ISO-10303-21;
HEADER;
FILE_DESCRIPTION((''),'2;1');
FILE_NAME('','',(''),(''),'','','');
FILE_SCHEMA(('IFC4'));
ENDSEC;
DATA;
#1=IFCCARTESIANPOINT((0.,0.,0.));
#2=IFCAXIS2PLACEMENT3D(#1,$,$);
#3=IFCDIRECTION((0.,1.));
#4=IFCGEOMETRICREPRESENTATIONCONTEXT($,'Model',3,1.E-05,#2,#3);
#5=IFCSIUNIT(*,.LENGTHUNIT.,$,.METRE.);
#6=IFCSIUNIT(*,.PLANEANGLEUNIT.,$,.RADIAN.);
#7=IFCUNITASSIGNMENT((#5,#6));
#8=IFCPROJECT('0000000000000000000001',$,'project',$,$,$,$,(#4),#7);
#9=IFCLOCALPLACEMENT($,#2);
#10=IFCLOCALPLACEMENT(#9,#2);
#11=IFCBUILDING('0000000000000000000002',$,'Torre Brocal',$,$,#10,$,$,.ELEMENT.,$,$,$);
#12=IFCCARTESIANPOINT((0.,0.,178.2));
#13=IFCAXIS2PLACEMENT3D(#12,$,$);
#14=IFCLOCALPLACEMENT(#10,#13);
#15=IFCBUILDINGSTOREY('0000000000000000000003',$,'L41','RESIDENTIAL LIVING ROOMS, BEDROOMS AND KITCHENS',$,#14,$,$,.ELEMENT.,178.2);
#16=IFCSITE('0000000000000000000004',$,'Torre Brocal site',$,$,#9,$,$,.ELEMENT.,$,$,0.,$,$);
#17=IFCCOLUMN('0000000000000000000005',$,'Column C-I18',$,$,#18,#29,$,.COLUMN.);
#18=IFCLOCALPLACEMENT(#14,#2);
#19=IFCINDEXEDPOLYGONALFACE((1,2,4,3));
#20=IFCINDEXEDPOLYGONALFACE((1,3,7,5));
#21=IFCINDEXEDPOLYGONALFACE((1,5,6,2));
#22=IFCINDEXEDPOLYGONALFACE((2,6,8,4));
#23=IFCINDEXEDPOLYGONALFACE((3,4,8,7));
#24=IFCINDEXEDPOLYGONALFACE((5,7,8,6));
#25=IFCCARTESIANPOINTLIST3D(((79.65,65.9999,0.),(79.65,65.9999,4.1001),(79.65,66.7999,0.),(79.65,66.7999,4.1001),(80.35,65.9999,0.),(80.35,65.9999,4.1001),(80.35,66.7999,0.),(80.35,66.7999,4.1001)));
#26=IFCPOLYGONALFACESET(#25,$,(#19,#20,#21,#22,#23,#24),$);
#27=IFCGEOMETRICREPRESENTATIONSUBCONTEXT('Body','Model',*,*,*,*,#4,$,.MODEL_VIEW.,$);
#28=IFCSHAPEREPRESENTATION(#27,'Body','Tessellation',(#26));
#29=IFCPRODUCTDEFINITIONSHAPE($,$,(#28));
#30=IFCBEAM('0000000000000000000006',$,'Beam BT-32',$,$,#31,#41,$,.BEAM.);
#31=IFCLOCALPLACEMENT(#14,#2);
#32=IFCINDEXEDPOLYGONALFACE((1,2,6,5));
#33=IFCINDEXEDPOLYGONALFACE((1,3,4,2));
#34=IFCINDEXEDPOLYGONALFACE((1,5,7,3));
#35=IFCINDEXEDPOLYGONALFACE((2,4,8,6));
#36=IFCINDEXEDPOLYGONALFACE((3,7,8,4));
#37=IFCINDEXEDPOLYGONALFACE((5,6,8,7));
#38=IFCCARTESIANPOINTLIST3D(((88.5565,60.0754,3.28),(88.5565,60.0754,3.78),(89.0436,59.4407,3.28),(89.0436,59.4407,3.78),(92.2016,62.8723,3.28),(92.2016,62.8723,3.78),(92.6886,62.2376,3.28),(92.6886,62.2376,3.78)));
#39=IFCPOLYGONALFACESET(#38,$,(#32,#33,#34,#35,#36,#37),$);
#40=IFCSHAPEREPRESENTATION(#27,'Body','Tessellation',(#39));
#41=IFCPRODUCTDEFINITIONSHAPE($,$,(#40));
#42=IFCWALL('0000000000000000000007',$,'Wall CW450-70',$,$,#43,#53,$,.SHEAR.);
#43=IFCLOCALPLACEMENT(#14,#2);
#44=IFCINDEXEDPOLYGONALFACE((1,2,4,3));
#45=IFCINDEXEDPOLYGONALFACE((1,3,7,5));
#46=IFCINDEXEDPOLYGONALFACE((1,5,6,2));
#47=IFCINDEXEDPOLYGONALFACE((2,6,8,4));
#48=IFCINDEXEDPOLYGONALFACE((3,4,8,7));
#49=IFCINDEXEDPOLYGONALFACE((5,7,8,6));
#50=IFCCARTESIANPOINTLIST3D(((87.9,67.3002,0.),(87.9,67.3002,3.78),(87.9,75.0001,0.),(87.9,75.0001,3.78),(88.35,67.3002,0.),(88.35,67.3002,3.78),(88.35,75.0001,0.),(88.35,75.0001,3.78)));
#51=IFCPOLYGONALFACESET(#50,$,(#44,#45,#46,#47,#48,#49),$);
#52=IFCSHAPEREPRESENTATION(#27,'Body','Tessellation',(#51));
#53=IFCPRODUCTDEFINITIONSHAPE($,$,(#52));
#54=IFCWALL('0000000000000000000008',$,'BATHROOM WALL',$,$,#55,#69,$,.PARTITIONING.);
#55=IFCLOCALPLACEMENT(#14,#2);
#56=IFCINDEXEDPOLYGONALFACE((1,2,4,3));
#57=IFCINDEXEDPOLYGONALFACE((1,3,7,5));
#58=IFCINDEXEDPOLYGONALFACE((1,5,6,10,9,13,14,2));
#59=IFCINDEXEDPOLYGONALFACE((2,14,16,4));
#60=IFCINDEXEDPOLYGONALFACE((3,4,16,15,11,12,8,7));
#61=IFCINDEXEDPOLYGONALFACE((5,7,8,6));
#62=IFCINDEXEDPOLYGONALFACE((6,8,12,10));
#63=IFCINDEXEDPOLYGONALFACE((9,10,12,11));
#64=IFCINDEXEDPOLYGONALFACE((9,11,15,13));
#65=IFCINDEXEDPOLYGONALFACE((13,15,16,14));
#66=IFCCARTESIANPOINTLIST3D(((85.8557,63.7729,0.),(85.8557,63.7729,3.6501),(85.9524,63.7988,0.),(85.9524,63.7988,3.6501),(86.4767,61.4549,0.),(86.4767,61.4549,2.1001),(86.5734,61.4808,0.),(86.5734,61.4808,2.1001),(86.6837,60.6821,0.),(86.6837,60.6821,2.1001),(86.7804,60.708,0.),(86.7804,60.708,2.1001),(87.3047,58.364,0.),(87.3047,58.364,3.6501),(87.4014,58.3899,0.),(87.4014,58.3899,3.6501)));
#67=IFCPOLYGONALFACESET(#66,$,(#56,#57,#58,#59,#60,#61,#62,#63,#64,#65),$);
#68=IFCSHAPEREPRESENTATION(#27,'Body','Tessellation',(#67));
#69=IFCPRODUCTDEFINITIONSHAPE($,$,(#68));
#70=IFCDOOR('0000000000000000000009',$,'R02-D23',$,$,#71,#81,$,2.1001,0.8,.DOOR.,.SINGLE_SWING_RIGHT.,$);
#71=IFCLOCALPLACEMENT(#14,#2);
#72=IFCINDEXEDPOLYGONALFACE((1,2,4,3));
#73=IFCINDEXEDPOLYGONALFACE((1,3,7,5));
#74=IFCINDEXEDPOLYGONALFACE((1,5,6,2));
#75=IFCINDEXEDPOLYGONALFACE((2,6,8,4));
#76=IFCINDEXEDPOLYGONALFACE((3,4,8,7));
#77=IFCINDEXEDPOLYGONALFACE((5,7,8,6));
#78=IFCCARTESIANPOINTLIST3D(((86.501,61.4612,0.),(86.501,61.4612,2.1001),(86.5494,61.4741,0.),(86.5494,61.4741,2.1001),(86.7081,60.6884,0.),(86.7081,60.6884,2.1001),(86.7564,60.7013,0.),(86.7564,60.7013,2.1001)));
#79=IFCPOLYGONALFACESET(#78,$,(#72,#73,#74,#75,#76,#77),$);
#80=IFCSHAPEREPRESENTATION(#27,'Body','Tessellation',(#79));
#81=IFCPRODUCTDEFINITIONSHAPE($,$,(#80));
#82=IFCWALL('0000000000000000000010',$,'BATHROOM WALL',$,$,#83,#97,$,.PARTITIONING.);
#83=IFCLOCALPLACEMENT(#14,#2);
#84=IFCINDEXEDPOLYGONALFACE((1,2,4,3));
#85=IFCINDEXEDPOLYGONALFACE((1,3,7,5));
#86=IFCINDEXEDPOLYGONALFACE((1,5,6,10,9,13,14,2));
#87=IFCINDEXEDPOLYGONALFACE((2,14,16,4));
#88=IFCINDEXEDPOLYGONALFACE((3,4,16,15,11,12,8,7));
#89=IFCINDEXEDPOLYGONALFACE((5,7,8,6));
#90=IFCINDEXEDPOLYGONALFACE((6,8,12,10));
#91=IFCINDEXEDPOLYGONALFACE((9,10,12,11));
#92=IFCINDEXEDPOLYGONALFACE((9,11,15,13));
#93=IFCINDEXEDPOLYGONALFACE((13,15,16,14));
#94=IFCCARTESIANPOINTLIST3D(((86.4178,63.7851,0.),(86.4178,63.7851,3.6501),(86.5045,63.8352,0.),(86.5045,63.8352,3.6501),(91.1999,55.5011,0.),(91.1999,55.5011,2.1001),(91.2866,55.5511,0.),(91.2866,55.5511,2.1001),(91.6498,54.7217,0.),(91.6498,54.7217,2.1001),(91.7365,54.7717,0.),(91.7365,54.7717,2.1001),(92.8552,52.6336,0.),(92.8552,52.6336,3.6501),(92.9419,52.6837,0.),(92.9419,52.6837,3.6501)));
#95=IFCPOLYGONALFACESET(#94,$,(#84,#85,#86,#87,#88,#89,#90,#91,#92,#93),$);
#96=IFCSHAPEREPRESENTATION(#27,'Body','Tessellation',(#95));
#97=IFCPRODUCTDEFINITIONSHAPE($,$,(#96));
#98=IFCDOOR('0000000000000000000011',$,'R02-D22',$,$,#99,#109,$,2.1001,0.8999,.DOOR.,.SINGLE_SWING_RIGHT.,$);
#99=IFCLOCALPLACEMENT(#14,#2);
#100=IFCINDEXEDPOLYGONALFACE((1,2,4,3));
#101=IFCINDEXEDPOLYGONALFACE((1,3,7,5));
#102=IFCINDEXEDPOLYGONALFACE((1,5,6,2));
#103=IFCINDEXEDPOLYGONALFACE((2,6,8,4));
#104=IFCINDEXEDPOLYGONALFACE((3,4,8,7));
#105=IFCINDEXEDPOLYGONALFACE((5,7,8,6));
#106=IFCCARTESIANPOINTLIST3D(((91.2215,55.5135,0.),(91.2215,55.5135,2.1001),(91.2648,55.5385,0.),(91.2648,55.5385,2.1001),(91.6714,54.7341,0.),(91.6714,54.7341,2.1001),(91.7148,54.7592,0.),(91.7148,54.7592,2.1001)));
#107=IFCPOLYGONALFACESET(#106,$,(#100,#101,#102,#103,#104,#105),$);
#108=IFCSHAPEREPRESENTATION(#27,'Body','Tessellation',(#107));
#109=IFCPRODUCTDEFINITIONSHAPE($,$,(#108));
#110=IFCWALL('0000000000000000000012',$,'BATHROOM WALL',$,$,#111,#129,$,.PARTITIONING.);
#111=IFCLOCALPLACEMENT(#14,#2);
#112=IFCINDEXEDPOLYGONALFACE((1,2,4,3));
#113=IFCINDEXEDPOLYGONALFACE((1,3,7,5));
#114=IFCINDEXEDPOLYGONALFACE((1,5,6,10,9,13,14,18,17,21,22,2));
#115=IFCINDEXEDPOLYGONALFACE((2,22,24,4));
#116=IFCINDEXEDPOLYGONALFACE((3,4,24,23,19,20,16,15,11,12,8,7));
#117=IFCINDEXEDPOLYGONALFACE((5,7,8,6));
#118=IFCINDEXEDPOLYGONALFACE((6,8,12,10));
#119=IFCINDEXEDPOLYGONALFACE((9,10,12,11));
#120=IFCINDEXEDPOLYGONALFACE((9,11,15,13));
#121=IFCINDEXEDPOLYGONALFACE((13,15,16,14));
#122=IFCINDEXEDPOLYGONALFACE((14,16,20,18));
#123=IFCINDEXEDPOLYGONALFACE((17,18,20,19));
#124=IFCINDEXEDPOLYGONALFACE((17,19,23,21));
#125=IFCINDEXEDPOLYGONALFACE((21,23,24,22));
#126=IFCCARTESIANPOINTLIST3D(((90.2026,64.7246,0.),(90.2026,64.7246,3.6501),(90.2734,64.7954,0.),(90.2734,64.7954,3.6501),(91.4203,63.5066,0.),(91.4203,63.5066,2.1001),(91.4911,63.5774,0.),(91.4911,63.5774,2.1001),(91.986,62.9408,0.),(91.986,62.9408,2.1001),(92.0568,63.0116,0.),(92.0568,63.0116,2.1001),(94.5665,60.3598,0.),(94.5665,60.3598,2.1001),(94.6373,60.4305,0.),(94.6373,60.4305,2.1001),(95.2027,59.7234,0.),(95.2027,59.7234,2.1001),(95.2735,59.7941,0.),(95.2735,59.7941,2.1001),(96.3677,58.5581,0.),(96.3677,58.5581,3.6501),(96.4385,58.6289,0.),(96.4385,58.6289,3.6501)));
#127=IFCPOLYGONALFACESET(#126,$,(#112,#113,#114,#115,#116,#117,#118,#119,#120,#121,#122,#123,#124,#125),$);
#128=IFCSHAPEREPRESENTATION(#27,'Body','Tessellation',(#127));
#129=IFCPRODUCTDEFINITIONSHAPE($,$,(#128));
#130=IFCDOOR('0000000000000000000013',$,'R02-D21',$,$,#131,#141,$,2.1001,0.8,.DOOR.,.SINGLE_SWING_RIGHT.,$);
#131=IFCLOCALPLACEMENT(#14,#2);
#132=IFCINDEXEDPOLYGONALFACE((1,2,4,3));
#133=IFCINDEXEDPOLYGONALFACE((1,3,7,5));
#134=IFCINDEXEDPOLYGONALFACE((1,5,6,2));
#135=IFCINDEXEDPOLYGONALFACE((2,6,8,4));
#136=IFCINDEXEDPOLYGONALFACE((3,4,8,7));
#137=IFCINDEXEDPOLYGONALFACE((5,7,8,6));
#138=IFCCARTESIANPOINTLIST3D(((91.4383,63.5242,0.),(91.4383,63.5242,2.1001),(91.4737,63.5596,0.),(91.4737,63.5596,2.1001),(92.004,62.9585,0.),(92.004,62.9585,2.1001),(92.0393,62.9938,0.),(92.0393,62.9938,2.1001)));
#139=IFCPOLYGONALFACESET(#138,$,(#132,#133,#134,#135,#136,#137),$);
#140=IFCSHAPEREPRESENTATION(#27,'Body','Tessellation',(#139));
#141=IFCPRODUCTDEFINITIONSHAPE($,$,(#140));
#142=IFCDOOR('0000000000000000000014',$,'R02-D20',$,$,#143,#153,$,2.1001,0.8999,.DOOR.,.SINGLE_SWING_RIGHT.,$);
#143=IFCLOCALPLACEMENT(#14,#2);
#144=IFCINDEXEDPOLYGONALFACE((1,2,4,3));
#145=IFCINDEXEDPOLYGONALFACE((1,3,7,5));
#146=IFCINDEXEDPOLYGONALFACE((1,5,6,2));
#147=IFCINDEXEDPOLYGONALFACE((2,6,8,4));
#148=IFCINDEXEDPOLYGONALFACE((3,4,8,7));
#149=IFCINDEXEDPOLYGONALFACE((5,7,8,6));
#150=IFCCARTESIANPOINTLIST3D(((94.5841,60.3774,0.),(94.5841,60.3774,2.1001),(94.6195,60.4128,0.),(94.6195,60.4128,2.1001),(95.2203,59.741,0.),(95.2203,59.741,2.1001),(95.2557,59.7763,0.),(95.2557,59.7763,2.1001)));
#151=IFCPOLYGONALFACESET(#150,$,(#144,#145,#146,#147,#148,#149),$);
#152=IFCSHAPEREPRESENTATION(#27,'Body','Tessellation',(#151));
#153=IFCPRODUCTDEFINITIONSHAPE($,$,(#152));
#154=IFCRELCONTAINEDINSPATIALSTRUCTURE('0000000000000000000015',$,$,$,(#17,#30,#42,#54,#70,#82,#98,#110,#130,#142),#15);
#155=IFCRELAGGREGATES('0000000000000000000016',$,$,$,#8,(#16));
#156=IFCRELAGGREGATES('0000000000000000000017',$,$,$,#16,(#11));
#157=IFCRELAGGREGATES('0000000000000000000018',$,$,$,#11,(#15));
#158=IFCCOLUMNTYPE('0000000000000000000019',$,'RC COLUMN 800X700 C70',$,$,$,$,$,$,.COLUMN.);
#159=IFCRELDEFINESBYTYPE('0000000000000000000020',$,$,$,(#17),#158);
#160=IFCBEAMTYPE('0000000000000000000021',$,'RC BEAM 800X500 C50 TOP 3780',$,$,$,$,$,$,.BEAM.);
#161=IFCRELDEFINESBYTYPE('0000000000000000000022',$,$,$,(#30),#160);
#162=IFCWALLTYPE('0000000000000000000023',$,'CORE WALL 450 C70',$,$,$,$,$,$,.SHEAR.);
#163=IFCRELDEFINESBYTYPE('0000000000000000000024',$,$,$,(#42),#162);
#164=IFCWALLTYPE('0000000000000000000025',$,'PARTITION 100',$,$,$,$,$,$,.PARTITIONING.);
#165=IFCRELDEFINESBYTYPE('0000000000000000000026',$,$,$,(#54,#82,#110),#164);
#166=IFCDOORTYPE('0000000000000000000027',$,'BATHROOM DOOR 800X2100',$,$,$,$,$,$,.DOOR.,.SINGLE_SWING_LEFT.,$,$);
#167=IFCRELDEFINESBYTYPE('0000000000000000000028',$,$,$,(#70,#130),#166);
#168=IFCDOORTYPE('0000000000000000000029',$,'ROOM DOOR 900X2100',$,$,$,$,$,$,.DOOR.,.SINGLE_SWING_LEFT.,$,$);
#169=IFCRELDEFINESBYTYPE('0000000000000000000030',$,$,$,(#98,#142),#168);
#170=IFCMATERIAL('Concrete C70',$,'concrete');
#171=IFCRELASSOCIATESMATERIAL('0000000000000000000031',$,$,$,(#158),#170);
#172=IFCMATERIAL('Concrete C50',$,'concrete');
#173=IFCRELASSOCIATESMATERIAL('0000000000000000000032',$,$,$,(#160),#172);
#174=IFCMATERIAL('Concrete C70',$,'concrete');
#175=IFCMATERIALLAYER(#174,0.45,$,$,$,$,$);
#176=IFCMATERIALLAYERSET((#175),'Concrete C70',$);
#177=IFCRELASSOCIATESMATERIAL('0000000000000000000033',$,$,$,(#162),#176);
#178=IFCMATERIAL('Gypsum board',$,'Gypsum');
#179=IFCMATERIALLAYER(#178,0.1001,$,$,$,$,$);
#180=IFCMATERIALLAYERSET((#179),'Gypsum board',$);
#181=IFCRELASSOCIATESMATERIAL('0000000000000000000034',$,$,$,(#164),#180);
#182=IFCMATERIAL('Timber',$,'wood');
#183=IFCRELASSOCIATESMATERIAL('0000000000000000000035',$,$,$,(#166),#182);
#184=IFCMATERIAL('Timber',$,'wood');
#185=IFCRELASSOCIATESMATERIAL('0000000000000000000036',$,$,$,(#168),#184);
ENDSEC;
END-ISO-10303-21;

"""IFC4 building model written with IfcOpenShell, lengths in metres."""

from ifc_helpers import new_model, si_unit, direction, frame, frame_2d, origin, origin_2d, place, context, subcontext, project, spatial, rectangle, extrude, material, layer, layer_set, material_profile, profile_set, type_object, element, fill, save


model = new_model("IFC4")

# Units and contexts
model_context = context("Model", 3, precision=1e-05, world=origin(), true_north=direction((0.0, 1.0)))
body_context = subcontext(model_context, "Body", "Model", "MODEL_VIEW")
ifc_project = project(units=[si_unit("LENGTHUNIT", "METRE"), si_unit("PLANEANGLEUNIT", "RADIAN")], contexts=[model_context])

# Site, building, storey
site_placement = place(None, origin())
site = spatial("IfcSite", under=ifc_project, at=site_placement, Name="Torre Brocal site", CompositionType="ELEMENT", RefElevation=0.0)
building_placement = place(site_placement, origin())
building = spatial("IfcBuilding", under=site, at=building_placement, Name="Torre Brocal", CompositionType="ELEMENT")
storey_placement = place(building_placement, frame((0.0, 0.0, 178.2)))
storey = spatial("IfcBuildingStorey", under=building, at=storey_placement, Name="L41", Description="RESIDENTIAL LIVING ROOMS, BEDROOMS AND KITCHENS", CompositionType="ELEMENT", Elevation=178.2)

# Column
ifc_material_1 = material(Name="Concrete C70", Category="concrete")
ifc_material_profile_1 = material_profile(ifc_material_1, rectangle(XDim=0.8, YDim=0.7, at=origin_2d()), Name="RC 800X700")
ifc_profile_set_1 = profile_set([ifc_material_profile_1], Name="Concrete C70")
column_type = type_object("IfcColumnType", Name="RC COLUMN 800X700 C70", PredefinedType="COLUMN", material=ifc_profile_set_1)
column_placement = place(storey_placement, frame((80.0, 66.3999, 0.0), z_axis=(0.0, 0.0, 1.0), x_axis=(0.0, -1.0, 0.0)))
element("IfcColumn", 1, at=column_placement, inside=storey, type_object=column_type, Name="Column C-I18", PredefinedType="COLUMN", context=body_context, shape_type="SweptSolid", body=[
    extrude(rectangle(XDim=0.8, YDim=0.7, at=origin_2d()), origin(), (0.0, 0.0, 1.0), 4.1001),
])

# Beam
ifc_material_2 = material(Name="Concrete C50", Category="concrete")
ifc_material_profile_2 = material_profile(ifc_material_2, rectangle(XDim=0.8, YDim=0.5, at=origin_2d()), Name="RC 800X500")
ifc_profile_set_2 = profile_set([ifc_material_profile_2], Name="Concrete C50")
beam_type = type_object("IfcBeamType", Name="RC BEAM 800X500 C50 TOP 3780", PredefinedType="BEAM", material=ifc_profile_set_2)
beam_placement = place(storey_placement, frame((88.8, 59.7581, 3.53), z_axis=(0.793358, 0.608755, 0.0), x_axis=(-0.608755, 0.793358, 0.0)))
element("IfcBeam", 2, at=beam_placement, inside=storey, type_object=beam_type, Name="Beam BT-32", PredefinedType="BEAM", context=body_context, shape_type="SweptSolid", body=[
    extrude(rectangle(XDim=0.8, YDim=0.5, at=origin_2d()), origin(), (0.0, 0.0, 1.0), 4.5945),
])

# Wall
ifc_material_3 = material(Name="Concrete C70", Category="concrete")
ifc_layer_1 = layer(ifc_material_3, 0.45)
ifc_layer_set_1 = layer_set([ifc_layer_1], Name="Concrete C70")
wall_type_1 = type_object("IfcWallType", Name="CORE WALL 450 C70", PredefinedType="SHEAR", material=ifc_layer_set_1)
wall_1_placement = place(storey_placement, frame((88.125, 67.3, 0.0), z_axis=(0.0, 0.0, 1.0), x_axis=(0.0, 1.0, 0.0)))
element("IfcWall", 3, at=wall_1_placement, inside=storey, type_object=wall_type_1, Name="Wall CW450-70", PredefinedType="SHEAR", context=body_context, shape_type="SweptSolid", body=[
    extrude(rectangle(XDim=7.7, YDim=0.45, at=frame_2d((3.8501, 0.0))), origin(), (0.0, 0.0, 1.0), 3.78),
])

# Walls, openings, doors
ifc_material_4 = material(Name="Gypsum board", Category="Gypsum")
ifc_layer_2 = layer(ifc_material_4, 0.1001)
ifc_layer_set_2 = layer_set([ifc_layer_2], Name="Gypsum board")
wall_type_2 = type_object("IfcWallType", Name="PARTITION 100", PredefinedType="PARTITIONING", material=ifc_layer_set_2)
wall_2_placement = place(storey_placement, frame((85.9041, 63.7859, 0.0), z_axis=(0.0, 0.0, 1.0), x_axis=(0.258762, -0.965941, 0.0)))
wall_2 = element("IfcWall", 4, at=wall_2_placement, inside=storey, type_object=wall_type_2, Name="BATHROOM WALL", PredefinedType="PARTITIONING", context=body_context, shape_type="SweptSolid", body=[
    extrude(rectangle(XDim=5.5996, YDim=0.1001, at=frame_2d((2.7998, 0.0))), origin(), (0.0, 0.0, 1.0), 3.6501),
])
opening_1_placement = place(wall_2_placement, frame((2.3999, 0.0, 0.0)))
opening_1 = element("IfcOpeningElement", 5, at=opening_1_placement, cuts=wall_2, PredefinedType="OPENING", context=body_context, shape_type="SweptSolid", body=[
    extrude(rectangle(XDim=0.8, YDim=2.1001, at=frame_2d((0.3999, 1.05))), frame((0.0, 0.0601, 0.0), z_axis=(0.0, -1.0, 0.0), x_axis=(1.0, 0.0, 0.0)), (0.0, 0.0, 1.0), 0.1201),
])
ifc_material_5 = material(Name="Timber", Category="wood")
door_type_1 = type_object("IfcDoorType", Name="BATHROOM DOOR 800X2100", OperationType="SINGLE_SWING_LEFT", PredefinedType="DOOR", material=ifc_material_5)
door_1_placement = place(opening_1_placement, frame((0.8, 0.0, 0.0), z_axis=(0.0, 0.0, 1.0), x_axis=(-1.0, 0.0, 0.0)))
door_1 = element("IfcDoor", 6, at=door_1_placement, inside=storey, type_object=door_type_1, Name="R02-D23", OperationType="SINGLE_SWING_RIGHT", OverallHeight=2.1001, OverallWidth=0.8, PredefinedType="DOOR", context=body_context, shape_type="SweptSolid", body=[
    extrude(rectangle(XDim=0.8, YDim=2.1001, at=frame_2d((0.3999, 1.05))), frame((0.0, 0.0249, 0.0), z_axis=(0.0, -1.0, 0.0), x_axis=(1.0, 0.0, 0.0)), (0.0, 0.0, 1.0), 0.05),
])
fill(opening_1, door_1)
wall_3_placement = place(storey_placement, frame((86.4612, 63.8101, 0.0), z_axis=(0.0, 0.0, 1.0), x_axis=(0.499948, -0.866055, 0.0)))
wall_3 = element("IfcWall", 7, at=wall_3_placement, inside=storey, type_object=wall_type_2, Name="BATHROOM WALL", PredefinedType="PARTITIONING", context=body_context, shape_type="SweptSolid", body=[
    extrude(rectangle(XDim=12.8762, YDim=0.1001, at=frame_2d((6.438, 0.0))), origin(), (0.0, 0.0, 1.0), 3.6501),
])
opening_2_placement = place(wall_3_placement, frame((9.5652, 0.0, 0.0)))
opening_2 = element("IfcOpeningElement", 8, at=opening_2_placement, cuts=wall_3, PredefinedType="OPENING", context=body_context, shape_type="SweptSolid", body=[
    extrude(rectangle(XDim=0.8999, YDim=2.1001, at=frame_2d((0.45, 1.05))), frame((0.0, 0.0601, 0.0), z_axis=(0.0, -1.0, 0.0), x_axis=(1.0, 0.0, 0.0)), (0.0, 0.0, 1.0), 0.1201),
])
ifc_material_6 = material(Name="Timber", Category="wood")
door_type_2 = type_object("IfcDoorType", Name="ROOM DOOR 900X2100", OperationType="SINGLE_SWING_LEFT", PredefinedType="DOOR", material=ifc_material_6)
door_2_placement = place(opening_2_placement, origin())
door_2 = element("IfcDoor", 9, at=door_2_placement, inside=storey, type_object=door_type_2, Name="R02-D22", OperationType="SINGLE_SWING_RIGHT", OverallHeight=2.1001, OverallWidth=0.8999, PredefinedType="DOOR", context=body_context, shape_type="SweptSolid", body=[
    extrude(rectangle(XDim=0.8999, YDim=2.1001, at=frame_2d((0.45, 1.05))), frame((0.0, 0.0249, 0.0), z_axis=(0.0, -1.0, 0.0), x_axis=(1.0, 0.0, 0.0)), (0.0, 0.0, 1.0), 0.05),
])
fill(opening_2, door_2)

# Wall, openings, doors
wall_4_placement = place(storey_placement, frame((90.238, 64.76, 0.0), z_axis=(0.0, 0.0, 1.0), x_axis=(0.707023, -0.707191, 0.0)))
wall_4 = element("IfcWall", 10, at=wall_4_placement, inside=storey, type_object=wall_type_2, Name="BATHROOM WALL", PredefinedType="PARTITIONING", context=body_context, shape_type="SweptSolid", body=[
    extrude(rectangle(XDim=8.7197, YDim=0.1001, at=frame_2d((4.3599, 0.0))), origin(), (0.0, 0.0, 1.0), 3.6501),
])
opening_3_placement = place(wall_4_placement, frame((6.1721, 0.0, 0.0)))
opening_3 = element("IfcOpeningElement", 11, at=opening_3_placement, cuts=wall_4, PredefinedType="OPENING", context=body_context, shape_type="SweptSolid", body=[
    extrude(rectangle(XDim=0.8999, YDim=2.1001, at=frame_2d((0.45, 1.05))), frame((0.0, 0.0601, 0.0), z_axis=(0.0, -1.0, 0.0), x_axis=(1.0, 0.0, 0.0)), (0.0, 0.0, 1.0), 0.1201),
])
opening_4_placement = place(wall_4_placement, frame((1.7224, 0.0, 0.0)))
opening_4 = element("IfcOpeningElement", 12, at=opening_4_placement, cuts=wall_4, PredefinedType="OPENING", context=body_context, shape_type="SweptSolid", body=[
    extrude(rectangle(XDim=0.8, YDim=2.1001, at=frame_2d((0.3999, 1.05))), frame((0.0, 0.0601, 0.0), z_axis=(0.0, -1.0, 0.0), x_axis=(1.0, 0.0, 0.0)), (0.0, 0.0, 1.0), 0.1201),
])
door_3_placement = place(opening_4_placement, frame((0.8, 0.0, 0.0), z_axis=(0.0, 0.0, 1.0), x_axis=(-1.0, 0.0, 0.0)))
door_3 = element("IfcDoor", 13, at=door_3_placement, inside=storey, type_object=door_type_1, Name="R02-D21", OperationType="SINGLE_SWING_RIGHT", OverallHeight=2.1001, OverallWidth=0.8, PredefinedType="DOOR", context=body_context, shape_type="SweptSolid", body=[
    extrude(rectangle(XDim=0.8, YDim=2.1001, at=frame_2d((0.3999, 1.05))), frame((0.0, 0.0249, 0.0), z_axis=(0.0, -1.0, 0.0), x_axis=(1.0, 0.0, 0.0)), (0.0, 0.0, 1.0), 0.05),
])
fill(opening_4, door_3)
door_4_placement = place(opening_3_placement, origin())
door_4 = element("IfcDoor", 14, at=door_4_placement, inside=storey, type_object=door_type_2, Name="R02-D20", OperationType="SINGLE_SWING_RIGHT", OverallHeight=2.1001, OverallWidth=0.8999, PredefinedType="DOOR", context=body_context, shape_type="SweptSolid", body=[
    extrude(rectangle(XDim=0.8999, YDim=2.1001, at=frame_2d((0.45, 1.05))), frame((0.0, 0.0249, 0.0), z_axis=(0.0, -1.0, 0.0), x_axis=(1.0, 0.0, 0.0)), (0.0, 0.0, 1.0), 0.05),
])
fill(opening_3, door_4)

save(model, "model.ifc")
